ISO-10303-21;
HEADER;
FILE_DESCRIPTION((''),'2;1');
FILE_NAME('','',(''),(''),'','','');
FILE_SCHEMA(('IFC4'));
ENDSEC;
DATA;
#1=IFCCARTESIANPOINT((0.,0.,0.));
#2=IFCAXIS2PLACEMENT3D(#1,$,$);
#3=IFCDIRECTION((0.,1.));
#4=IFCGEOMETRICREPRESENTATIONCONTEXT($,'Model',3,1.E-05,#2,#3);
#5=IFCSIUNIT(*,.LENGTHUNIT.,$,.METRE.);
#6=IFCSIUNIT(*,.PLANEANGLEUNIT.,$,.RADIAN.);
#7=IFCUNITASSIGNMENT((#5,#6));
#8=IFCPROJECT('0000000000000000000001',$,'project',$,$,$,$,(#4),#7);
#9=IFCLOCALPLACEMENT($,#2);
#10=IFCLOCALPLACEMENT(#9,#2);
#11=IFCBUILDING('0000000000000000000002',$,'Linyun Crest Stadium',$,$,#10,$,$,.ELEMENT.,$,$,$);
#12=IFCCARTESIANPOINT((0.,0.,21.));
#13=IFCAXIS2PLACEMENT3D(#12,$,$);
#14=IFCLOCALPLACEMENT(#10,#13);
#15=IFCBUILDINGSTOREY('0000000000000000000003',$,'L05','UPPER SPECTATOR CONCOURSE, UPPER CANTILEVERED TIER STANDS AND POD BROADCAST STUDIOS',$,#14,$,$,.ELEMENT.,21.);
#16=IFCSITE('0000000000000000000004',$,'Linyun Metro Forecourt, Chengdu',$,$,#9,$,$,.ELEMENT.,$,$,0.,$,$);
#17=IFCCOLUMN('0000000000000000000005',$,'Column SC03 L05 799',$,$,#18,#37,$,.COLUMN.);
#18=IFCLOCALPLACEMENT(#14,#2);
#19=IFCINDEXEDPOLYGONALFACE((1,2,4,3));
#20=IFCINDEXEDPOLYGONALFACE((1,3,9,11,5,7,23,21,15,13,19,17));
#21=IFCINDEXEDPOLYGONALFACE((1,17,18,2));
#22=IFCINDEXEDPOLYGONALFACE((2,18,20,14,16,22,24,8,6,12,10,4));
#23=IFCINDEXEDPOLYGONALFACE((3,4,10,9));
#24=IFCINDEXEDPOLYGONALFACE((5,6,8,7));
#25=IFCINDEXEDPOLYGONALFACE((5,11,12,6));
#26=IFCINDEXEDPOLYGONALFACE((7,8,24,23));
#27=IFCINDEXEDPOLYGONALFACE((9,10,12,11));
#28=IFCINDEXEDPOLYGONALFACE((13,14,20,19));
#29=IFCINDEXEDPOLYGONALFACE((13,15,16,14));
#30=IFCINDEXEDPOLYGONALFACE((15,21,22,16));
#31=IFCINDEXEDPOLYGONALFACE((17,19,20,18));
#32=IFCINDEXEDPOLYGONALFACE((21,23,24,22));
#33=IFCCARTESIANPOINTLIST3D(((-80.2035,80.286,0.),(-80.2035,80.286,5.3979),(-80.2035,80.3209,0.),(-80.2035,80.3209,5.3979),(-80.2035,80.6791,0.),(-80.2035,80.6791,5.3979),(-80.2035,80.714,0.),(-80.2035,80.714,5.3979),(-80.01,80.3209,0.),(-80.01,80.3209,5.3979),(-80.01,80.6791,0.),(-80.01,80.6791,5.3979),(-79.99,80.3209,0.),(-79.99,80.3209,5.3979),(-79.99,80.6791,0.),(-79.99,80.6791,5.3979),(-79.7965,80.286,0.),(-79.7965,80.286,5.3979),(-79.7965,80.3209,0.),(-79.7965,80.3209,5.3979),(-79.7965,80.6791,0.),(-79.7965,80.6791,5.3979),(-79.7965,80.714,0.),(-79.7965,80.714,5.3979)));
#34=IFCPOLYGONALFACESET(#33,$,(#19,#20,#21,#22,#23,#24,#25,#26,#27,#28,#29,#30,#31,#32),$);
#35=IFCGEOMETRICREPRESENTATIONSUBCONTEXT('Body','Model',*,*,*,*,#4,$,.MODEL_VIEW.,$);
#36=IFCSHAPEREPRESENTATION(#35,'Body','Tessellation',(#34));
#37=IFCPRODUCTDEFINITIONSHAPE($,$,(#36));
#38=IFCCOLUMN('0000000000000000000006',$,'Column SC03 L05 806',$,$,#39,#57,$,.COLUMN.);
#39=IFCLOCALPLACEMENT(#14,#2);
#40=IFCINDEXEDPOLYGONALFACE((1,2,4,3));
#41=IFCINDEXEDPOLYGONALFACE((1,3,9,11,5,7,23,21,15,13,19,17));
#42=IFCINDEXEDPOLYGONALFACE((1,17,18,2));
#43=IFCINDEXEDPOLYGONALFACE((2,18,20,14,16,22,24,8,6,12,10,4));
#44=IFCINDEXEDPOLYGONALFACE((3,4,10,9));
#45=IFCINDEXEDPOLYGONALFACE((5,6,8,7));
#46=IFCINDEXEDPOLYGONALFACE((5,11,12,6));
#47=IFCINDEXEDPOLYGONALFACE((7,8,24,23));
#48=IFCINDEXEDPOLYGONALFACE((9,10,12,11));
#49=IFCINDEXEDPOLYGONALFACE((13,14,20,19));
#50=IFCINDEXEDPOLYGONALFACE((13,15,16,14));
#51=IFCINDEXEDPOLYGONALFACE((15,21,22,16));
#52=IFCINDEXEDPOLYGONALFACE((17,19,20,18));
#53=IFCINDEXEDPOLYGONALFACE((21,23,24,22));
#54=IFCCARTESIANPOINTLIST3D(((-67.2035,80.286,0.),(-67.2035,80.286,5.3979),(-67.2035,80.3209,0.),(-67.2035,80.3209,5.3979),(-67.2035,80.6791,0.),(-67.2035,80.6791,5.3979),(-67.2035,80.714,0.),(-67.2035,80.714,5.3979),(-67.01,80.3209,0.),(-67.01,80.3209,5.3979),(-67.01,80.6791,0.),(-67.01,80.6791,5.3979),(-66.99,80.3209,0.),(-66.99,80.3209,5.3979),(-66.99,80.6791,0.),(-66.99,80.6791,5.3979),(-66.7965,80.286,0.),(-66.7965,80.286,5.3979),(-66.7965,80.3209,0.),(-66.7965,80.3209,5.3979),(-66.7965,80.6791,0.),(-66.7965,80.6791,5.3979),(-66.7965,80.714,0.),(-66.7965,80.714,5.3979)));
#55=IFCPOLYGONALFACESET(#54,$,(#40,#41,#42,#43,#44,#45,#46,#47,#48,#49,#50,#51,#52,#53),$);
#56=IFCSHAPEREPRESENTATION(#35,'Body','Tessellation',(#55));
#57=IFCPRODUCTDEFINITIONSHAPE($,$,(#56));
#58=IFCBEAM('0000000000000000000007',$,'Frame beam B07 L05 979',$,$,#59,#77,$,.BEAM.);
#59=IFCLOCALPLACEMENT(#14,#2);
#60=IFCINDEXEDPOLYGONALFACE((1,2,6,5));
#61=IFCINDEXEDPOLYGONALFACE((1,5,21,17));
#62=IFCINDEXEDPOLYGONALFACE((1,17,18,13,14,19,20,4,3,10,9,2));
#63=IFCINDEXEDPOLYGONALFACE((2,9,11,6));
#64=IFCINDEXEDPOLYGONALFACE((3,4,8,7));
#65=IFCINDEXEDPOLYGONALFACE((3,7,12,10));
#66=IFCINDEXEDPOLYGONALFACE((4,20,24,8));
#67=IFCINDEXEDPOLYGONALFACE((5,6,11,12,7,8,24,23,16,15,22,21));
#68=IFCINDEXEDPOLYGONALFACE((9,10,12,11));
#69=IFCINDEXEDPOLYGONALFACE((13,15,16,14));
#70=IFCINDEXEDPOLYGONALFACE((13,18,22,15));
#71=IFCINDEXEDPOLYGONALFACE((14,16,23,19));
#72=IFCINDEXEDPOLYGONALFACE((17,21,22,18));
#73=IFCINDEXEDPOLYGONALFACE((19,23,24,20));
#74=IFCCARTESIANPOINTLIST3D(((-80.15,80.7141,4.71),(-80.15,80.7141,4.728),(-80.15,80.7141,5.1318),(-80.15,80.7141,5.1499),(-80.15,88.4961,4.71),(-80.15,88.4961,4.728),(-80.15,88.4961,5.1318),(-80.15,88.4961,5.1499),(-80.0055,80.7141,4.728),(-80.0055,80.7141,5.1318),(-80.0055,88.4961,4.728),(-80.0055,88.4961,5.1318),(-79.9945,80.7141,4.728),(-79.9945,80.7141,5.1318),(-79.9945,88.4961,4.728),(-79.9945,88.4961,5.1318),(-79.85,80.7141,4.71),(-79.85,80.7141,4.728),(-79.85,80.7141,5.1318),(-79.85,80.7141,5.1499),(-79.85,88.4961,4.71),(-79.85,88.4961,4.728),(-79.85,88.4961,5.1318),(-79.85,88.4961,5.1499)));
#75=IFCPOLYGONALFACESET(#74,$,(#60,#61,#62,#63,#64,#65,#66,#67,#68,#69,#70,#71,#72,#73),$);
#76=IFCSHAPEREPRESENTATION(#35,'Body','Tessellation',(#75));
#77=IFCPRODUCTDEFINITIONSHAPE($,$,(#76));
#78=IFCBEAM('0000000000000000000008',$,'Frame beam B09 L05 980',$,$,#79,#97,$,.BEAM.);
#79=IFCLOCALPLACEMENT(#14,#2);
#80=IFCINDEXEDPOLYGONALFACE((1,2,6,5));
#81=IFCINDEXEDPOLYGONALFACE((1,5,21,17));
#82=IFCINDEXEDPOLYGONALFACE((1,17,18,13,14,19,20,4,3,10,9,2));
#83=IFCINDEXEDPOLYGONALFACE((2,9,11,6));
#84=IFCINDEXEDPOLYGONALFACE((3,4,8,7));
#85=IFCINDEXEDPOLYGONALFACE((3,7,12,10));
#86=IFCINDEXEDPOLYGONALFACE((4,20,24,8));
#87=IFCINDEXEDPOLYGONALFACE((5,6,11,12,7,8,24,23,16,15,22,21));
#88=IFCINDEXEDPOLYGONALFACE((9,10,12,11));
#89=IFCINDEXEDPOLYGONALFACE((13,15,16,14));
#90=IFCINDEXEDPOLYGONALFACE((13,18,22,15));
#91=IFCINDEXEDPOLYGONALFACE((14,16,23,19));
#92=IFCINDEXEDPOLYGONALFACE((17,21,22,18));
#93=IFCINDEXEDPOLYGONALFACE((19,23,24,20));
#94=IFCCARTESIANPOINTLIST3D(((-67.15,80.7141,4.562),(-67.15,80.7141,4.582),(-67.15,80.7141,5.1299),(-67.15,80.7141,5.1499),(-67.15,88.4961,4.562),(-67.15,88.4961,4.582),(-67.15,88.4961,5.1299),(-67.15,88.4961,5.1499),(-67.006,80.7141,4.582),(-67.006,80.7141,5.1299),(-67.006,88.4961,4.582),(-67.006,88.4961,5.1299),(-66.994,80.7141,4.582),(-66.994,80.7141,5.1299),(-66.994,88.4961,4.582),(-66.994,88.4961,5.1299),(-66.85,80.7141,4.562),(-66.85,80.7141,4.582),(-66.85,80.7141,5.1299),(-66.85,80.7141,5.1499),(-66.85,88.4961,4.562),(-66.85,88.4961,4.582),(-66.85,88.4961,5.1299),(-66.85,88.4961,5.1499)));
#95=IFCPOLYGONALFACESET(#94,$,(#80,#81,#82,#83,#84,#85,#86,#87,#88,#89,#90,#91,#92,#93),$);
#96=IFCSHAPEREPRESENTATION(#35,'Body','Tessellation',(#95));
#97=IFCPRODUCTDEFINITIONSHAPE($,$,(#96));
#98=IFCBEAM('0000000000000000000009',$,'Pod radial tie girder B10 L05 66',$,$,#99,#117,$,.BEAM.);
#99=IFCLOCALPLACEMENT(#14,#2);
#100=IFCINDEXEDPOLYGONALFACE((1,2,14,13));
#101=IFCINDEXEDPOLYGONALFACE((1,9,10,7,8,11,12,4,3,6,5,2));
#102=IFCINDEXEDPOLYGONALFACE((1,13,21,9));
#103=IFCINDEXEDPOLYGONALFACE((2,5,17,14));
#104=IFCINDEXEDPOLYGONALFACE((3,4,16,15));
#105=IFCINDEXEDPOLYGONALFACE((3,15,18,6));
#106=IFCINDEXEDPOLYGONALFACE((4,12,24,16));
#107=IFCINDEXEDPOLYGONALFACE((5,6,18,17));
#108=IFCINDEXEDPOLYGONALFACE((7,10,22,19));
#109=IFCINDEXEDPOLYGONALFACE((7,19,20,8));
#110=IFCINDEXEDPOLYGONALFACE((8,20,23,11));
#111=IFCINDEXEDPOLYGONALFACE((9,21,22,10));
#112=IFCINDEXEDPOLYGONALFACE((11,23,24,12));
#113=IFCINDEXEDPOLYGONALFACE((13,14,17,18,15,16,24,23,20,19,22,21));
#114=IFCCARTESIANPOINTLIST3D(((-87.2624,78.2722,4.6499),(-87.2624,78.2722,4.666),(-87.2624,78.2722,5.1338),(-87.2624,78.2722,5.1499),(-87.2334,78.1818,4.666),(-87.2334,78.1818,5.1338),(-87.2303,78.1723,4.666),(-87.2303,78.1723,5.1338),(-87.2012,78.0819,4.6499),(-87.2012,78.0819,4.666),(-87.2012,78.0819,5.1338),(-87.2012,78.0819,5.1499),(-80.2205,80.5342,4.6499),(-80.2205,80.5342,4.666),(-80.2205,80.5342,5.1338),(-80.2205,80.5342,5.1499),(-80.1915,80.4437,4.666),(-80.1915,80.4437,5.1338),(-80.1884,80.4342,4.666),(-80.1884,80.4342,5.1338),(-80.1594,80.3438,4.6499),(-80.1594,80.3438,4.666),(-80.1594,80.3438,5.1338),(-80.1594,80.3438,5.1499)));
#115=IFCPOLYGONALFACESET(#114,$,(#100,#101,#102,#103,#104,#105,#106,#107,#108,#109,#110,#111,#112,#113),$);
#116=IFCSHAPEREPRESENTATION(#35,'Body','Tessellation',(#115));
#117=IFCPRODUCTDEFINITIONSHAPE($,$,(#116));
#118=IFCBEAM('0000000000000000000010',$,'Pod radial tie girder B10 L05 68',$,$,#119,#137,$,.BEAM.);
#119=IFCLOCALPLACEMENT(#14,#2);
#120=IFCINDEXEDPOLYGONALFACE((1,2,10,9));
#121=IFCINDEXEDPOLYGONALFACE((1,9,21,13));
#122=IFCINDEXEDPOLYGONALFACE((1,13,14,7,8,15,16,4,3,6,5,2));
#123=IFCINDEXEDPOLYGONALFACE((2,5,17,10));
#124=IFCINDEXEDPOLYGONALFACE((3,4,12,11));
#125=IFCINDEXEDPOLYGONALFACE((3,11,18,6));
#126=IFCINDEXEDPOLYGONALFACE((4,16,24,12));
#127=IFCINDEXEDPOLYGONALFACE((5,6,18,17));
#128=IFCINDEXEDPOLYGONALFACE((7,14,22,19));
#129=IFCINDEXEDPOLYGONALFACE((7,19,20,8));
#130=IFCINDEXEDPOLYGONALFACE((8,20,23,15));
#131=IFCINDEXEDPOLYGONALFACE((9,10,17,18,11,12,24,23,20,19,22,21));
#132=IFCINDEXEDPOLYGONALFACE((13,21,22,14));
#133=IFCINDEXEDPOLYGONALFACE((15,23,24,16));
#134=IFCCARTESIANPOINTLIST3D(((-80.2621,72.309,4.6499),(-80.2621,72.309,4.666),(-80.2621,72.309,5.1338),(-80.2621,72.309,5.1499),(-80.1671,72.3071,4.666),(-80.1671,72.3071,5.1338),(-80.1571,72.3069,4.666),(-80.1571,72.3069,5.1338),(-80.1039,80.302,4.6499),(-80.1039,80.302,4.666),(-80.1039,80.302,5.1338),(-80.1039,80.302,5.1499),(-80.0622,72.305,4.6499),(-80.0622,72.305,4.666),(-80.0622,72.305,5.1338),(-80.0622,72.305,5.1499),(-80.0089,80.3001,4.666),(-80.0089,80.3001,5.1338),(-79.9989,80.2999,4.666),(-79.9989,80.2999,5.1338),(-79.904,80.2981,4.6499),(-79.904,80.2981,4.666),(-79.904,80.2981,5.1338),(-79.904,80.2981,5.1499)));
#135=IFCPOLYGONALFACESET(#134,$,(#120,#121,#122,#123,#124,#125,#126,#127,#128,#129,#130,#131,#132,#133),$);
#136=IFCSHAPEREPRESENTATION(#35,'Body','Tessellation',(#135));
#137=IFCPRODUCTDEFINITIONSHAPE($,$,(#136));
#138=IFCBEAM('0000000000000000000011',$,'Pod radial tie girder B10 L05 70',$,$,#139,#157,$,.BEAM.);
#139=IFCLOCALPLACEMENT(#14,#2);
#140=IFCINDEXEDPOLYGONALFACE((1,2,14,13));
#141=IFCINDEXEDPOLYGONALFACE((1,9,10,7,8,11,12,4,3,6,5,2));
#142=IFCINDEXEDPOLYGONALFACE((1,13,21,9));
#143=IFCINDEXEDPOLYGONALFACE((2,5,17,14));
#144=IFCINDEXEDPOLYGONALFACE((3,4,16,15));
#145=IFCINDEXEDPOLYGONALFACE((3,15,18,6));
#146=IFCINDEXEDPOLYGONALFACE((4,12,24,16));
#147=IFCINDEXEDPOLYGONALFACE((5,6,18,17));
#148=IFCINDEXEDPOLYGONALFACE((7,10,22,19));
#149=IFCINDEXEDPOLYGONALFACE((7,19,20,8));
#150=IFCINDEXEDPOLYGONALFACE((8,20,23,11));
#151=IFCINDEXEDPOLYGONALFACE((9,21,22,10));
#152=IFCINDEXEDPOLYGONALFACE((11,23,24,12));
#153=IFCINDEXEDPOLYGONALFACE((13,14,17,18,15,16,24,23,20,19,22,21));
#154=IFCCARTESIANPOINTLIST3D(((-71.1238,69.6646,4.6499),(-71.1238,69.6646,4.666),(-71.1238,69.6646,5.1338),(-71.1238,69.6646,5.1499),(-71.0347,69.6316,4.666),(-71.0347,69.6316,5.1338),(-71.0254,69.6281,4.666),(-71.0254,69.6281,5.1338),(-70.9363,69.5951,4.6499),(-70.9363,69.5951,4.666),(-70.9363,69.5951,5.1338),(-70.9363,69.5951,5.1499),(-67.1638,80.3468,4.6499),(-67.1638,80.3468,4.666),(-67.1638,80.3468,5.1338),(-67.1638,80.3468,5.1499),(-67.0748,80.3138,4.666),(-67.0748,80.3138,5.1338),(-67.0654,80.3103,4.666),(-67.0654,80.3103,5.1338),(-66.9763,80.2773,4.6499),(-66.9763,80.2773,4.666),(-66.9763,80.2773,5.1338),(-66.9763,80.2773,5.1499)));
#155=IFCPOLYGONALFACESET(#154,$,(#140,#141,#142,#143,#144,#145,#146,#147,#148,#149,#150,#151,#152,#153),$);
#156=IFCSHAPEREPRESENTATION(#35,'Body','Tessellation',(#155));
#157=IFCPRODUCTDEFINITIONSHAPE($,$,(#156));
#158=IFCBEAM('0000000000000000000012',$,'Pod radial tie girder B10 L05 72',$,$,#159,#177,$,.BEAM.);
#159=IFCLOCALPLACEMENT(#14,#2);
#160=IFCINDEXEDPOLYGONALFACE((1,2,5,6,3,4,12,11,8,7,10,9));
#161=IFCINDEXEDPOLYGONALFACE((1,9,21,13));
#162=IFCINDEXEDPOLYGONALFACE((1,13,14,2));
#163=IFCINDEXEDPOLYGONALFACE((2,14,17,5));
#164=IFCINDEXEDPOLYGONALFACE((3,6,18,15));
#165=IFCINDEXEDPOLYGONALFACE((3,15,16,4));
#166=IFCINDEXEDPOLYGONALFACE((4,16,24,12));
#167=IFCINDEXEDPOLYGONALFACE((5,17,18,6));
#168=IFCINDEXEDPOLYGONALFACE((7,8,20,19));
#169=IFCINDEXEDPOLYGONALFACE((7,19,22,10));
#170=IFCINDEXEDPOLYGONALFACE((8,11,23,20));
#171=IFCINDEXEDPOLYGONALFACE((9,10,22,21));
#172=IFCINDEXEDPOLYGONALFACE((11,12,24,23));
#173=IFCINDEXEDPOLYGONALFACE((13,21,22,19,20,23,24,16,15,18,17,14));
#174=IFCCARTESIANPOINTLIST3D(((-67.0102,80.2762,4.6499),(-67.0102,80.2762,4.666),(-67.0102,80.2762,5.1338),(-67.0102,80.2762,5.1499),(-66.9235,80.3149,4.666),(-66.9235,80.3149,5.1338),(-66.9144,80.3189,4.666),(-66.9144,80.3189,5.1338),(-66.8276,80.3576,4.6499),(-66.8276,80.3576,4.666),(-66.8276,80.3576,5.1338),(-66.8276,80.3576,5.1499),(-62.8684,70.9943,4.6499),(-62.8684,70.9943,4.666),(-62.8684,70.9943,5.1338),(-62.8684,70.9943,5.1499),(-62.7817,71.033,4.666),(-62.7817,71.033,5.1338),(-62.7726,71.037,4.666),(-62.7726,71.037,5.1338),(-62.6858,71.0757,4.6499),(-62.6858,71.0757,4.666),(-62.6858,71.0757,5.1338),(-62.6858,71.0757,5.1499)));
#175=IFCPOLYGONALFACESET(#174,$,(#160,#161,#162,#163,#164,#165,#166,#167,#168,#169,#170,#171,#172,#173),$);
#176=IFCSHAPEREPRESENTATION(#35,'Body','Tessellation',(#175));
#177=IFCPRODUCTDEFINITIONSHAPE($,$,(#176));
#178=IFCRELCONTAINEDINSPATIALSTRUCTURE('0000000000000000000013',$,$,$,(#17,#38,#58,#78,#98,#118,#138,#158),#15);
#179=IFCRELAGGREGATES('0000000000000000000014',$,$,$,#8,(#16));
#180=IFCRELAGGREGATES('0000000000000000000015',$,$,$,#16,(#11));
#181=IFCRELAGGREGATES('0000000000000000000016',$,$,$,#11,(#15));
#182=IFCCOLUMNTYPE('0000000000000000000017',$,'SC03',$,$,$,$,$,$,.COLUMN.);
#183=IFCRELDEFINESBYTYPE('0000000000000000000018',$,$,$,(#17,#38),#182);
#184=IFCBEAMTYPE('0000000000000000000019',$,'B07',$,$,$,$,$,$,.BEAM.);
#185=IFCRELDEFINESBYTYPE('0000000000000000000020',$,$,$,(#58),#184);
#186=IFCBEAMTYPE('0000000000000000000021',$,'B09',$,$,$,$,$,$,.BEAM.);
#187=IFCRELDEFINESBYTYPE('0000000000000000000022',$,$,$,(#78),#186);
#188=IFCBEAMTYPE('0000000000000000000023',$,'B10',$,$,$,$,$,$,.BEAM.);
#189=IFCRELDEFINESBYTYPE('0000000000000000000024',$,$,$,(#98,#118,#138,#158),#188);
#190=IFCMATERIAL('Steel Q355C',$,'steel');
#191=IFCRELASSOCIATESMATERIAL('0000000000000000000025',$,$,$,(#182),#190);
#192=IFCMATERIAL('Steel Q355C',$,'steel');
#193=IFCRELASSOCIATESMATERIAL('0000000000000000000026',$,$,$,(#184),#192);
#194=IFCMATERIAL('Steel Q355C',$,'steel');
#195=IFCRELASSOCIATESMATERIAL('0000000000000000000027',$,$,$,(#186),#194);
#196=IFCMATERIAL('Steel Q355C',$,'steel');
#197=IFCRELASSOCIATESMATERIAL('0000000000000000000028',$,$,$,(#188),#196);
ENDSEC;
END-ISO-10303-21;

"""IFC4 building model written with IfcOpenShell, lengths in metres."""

from ifc_helpers import new_model, si_unit, direction, frame, origin, origin_2d, place, context, subcontext, project, spatial, i_section, extrude, material, material_profile, profile_set, type_object, element, save


model = new_model("IFC4")

# Units and contexts
model_context = context("Model", 3, precision=1e-05, world=origin(), true_north=direction((0.0, 1.0)))
body_context = subcontext(model_context, "Body", "Model", "MODEL_VIEW")
ifc_project = project(units=[si_unit("LENGTHUNIT", "METRE"), si_unit("PLANEANGLEUNIT", "RADIAN")], contexts=[model_context])

# Site, building, storey
site_placement = place(None, origin())
site = spatial("IfcSite", under=ifc_project, at=site_placement, Name="Linyun Metro Forecourt, Chengdu", CompositionType="ELEMENT", RefElevation=0.0)
building_placement = place(site_placement, origin())
building = spatial("IfcBuilding", under=site, at=building_placement, Name="Linyun Crest Stadium", CompositionType="ELEMENT")
storey_placement = place(building_placement, frame((0.0, 0.0, 21.0)))
storey = spatial("IfcBuildingStorey", under=building, at=storey_placement, Name="L05", Description="UPPER SPECTATOR CONCOURSE, UPPER CANTILEVERED TIER STANDS AND POD BROADCAST STUDIOS", CompositionType="ELEMENT", Elevation=21.0)

# Columns
ifc_material_1 = material(Name="Steel Q355C", Category="steel")
ifc_material_profile_1 = material_profile(ifc_material_1, i_section(OverallWidth=0.407, OverallDepth=0.428, WebThickness=0.02, FlangeThickness=0.0349, at=origin_2d()), Name="HW 428x407")
ifc_profile_set_1 = profile_set([ifc_material_profile_1], Name="Steel Q355C")
column_type = type_object("IfcColumnType", Name="SC03", PredefinedType="COLUMN", material=ifc_profile_set_1)
for number, where, z_axis, x_axis, name in (
    (1, (-80.0, 80.5, 0.0), (0.0, 0.0, 1.0), (1.0, 0.0, 0.0), "Column SC03 L05 799"),
    (2, (-67.0, 80.5, 0.0), (0.0, 0.0, 1.0), (1.0, 0.0, 0.0), "Column SC03 L05 806"),
):
    element("IfcColumn", number, at=place(storey_placement, frame(where, z_axis=z_axis, x_axis=x_axis)), inside=storey, type_object=column_type, Name=name, PredefinedType="COLUMN", context=body_context, shape_type="SweptSolid", body=[
        extrude(i_section(OverallWidth=0.407, OverallDepth=0.428, WebThickness=0.02, FlangeThickness=0.0349, at=origin_2d()), origin(), (0.0, 0.0, 1.0), 5.3979),
    ])

# Beams
ifc_material_2 = material(Name="Steel Q355C", Category="steel")
ifc_material_profile_2 = material_profile(ifc_material_2, i_section(OverallWidth=0.3, OverallDepth=0.4399, WebThickness=0.011, FlangeThickness=0.0181, at=origin_2d()), Name="HM 440x300")
ifc_profile_set_2 = profile_set([ifc_material_profile_2], Name="Steel Q355C")
beam_type_1 = type_object("IfcBeamType", Name="B07", PredefinedType="BEAM", material=ifc_profile_set_2)
beam_1_placement = place(storey_placement, frame((-80.0, 80.7141, 4.9299), z_axis=(0.0, 1.0, 0.0), x_axis=(-1.0, 0.0, 0.0)))
element("IfcBeam", 3, at=beam_1_placement, inside=storey, type_object=beam_type_1, Name="Frame beam B07 L05 979", PredefinedType="BEAM", context=body_context, shape_type="SweptSolid", body=[
    extrude(i_section(OverallWidth=0.3, OverallDepth=0.4399, WebThickness=0.011, FlangeThickness=0.0181, at=origin_2d()), origin(), (0.0, 0.0, 1.0), 7.782),
])
ifc_material_3 = material(Name="Steel Q355C", Category="steel")
ifc_material_profile_3 = material_profile(ifc_material_3, i_section(OverallWidth=0.3, OverallDepth=0.5879, WebThickness=0.012, FlangeThickness=0.02, at=origin_2d()), Name="HM 588x300")
ifc_profile_set_3 = profile_set([ifc_material_profile_3], Name="Steel Q355C")
beam_type_2 = type_object("IfcBeamType", Name="B09", PredefinedType="BEAM", material=ifc_profile_set_3)
beam_2_placement = place(storey_placement, frame((-67.0, 80.7141, 4.856), z_axis=(0.0, 1.0, 0.0), x_axis=(-1.0, 0.0, 0.0)))
element("IfcBeam", 4, at=beam_2_placement, inside=storey, type_object=beam_type_2, Name="Frame beam B09 L05 980", PredefinedType="BEAM", context=body_context, shape_type="SweptSolid", body=[
    extrude(i_section(OverallWidth=0.3, OverallDepth=0.5879, WebThickness=0.012, FlangeThickness=0.02, at=origin_2d()), origin(), (0.0, 0.0, 1.0), 7.782),
])
ifc_material_4 = material(Name="Steel Q355C", Category="steel")
ifc_material_profile_4 = material_profile(ifc_material_4, i_section(OverallWidth=0.2, OverallDepth=0.5, WebThickness=0.01, FlangeThickness=0.0161, at=origin_2d()), Name="HN 500x200")
ifc_profile_set_4 = profile_set([ifc_material_profile_4], Name="Steel Q355C")
beam_type_3 = type_object("IfcBeamType", Name="B10", PredefinedType="BEAM", material=ifc_profile_set_4)
beam_3_placement = place(storey_placement, frame((-80.1899, 80.439, 4.8999), z_axis=(-0.952089, -0.305821, 0.0), x_axis=(0.305821, -0.952089, 0.0)))
element("IfcBeam", 5, at=beam_3_placement, inside=storey, type_object=beam_type_3, Name="Pod radial tie girder B10 L05 66", PredefinedType="BEAM", context=body_context, shape_type="SweptSolid", body=[
    extrude(i_section(OverallWidth=0.2, OverallDepth=0.5, WebThickness=0.01, FlangeThickness=0.0161, at=origin_2d()), origin(), (0.0, 0.0, 1.0), 7.3962),
])
beam_4_placement = place(storey_placement, frame((-80.0039, 80.3, 4.8999), z_axis=(-0.019788, -0.999804, 0.0), x_axis=(0.999804, -0.019788, 0.0)))
element("IfcBeam", 6, at=beam_4_placement, inside=storey, type_object=beam_type_3, Name="Pod radial tie girder B10 L05 68", PredefinedType="BEAM", context=body_context, shape_type="SweptSolid", body=[
    extrude(i_section(OverallWidth=0.2, OverallDepth=0.5, WebThickness=0.01, FlangeThickness=0.0161, at=origin_2d()), origin(), (0.0, 0.0, 1.0), 7.9946),
])
beam_5_placement = place(storey_placement, frame((-67.0701, 80.312, 4.8999), z_axis=(-0.347594, -0.937645, 0.0), x_axis=(0.937645, -0.347594, 0.0)))
element("IfcBeam", 7, at=beam_5_placement, inside=storey, type_object=beam_type_3, Name="Pod radial tie girder B10 L05 70", PredefinedType="BEAM", context=body_context, shape_type="SweptSolid", body=[
    extrude(i_section(OverallWidth=0.2, OverallDepth=0.5, WebThickness=0.01, FlangeThickness=0.0161, at=origin_2d()), origin(), (0.0, 0.0, 1.0), 11.3926),
])
beam_6_placement = place(storey_placement, frame((-66.9189, 80.3169, 4.8999), z_axis=(0.407495, -0.913207, 0.0), x_axis=(0.913207, 0.407495, 0.0)))
element("IfcBeam", 8, at=beam_6_placement, inside=storey, type_object=beam_type_3, Name="Pod radial tie girder B10 L05 72", PredefinedType="BEAM", context=body_context, shape_type="SweptSolid", body=[
    extrude(i_section(OverallWidth=0.2, OverallDepth=0.5, WebThickness=0.01, FlangeThickness=0.0161, at=origin_2d()), origin(), (0.0, 0.0, 1.0), 10.1641),
])

save(model, "model.ifc")
